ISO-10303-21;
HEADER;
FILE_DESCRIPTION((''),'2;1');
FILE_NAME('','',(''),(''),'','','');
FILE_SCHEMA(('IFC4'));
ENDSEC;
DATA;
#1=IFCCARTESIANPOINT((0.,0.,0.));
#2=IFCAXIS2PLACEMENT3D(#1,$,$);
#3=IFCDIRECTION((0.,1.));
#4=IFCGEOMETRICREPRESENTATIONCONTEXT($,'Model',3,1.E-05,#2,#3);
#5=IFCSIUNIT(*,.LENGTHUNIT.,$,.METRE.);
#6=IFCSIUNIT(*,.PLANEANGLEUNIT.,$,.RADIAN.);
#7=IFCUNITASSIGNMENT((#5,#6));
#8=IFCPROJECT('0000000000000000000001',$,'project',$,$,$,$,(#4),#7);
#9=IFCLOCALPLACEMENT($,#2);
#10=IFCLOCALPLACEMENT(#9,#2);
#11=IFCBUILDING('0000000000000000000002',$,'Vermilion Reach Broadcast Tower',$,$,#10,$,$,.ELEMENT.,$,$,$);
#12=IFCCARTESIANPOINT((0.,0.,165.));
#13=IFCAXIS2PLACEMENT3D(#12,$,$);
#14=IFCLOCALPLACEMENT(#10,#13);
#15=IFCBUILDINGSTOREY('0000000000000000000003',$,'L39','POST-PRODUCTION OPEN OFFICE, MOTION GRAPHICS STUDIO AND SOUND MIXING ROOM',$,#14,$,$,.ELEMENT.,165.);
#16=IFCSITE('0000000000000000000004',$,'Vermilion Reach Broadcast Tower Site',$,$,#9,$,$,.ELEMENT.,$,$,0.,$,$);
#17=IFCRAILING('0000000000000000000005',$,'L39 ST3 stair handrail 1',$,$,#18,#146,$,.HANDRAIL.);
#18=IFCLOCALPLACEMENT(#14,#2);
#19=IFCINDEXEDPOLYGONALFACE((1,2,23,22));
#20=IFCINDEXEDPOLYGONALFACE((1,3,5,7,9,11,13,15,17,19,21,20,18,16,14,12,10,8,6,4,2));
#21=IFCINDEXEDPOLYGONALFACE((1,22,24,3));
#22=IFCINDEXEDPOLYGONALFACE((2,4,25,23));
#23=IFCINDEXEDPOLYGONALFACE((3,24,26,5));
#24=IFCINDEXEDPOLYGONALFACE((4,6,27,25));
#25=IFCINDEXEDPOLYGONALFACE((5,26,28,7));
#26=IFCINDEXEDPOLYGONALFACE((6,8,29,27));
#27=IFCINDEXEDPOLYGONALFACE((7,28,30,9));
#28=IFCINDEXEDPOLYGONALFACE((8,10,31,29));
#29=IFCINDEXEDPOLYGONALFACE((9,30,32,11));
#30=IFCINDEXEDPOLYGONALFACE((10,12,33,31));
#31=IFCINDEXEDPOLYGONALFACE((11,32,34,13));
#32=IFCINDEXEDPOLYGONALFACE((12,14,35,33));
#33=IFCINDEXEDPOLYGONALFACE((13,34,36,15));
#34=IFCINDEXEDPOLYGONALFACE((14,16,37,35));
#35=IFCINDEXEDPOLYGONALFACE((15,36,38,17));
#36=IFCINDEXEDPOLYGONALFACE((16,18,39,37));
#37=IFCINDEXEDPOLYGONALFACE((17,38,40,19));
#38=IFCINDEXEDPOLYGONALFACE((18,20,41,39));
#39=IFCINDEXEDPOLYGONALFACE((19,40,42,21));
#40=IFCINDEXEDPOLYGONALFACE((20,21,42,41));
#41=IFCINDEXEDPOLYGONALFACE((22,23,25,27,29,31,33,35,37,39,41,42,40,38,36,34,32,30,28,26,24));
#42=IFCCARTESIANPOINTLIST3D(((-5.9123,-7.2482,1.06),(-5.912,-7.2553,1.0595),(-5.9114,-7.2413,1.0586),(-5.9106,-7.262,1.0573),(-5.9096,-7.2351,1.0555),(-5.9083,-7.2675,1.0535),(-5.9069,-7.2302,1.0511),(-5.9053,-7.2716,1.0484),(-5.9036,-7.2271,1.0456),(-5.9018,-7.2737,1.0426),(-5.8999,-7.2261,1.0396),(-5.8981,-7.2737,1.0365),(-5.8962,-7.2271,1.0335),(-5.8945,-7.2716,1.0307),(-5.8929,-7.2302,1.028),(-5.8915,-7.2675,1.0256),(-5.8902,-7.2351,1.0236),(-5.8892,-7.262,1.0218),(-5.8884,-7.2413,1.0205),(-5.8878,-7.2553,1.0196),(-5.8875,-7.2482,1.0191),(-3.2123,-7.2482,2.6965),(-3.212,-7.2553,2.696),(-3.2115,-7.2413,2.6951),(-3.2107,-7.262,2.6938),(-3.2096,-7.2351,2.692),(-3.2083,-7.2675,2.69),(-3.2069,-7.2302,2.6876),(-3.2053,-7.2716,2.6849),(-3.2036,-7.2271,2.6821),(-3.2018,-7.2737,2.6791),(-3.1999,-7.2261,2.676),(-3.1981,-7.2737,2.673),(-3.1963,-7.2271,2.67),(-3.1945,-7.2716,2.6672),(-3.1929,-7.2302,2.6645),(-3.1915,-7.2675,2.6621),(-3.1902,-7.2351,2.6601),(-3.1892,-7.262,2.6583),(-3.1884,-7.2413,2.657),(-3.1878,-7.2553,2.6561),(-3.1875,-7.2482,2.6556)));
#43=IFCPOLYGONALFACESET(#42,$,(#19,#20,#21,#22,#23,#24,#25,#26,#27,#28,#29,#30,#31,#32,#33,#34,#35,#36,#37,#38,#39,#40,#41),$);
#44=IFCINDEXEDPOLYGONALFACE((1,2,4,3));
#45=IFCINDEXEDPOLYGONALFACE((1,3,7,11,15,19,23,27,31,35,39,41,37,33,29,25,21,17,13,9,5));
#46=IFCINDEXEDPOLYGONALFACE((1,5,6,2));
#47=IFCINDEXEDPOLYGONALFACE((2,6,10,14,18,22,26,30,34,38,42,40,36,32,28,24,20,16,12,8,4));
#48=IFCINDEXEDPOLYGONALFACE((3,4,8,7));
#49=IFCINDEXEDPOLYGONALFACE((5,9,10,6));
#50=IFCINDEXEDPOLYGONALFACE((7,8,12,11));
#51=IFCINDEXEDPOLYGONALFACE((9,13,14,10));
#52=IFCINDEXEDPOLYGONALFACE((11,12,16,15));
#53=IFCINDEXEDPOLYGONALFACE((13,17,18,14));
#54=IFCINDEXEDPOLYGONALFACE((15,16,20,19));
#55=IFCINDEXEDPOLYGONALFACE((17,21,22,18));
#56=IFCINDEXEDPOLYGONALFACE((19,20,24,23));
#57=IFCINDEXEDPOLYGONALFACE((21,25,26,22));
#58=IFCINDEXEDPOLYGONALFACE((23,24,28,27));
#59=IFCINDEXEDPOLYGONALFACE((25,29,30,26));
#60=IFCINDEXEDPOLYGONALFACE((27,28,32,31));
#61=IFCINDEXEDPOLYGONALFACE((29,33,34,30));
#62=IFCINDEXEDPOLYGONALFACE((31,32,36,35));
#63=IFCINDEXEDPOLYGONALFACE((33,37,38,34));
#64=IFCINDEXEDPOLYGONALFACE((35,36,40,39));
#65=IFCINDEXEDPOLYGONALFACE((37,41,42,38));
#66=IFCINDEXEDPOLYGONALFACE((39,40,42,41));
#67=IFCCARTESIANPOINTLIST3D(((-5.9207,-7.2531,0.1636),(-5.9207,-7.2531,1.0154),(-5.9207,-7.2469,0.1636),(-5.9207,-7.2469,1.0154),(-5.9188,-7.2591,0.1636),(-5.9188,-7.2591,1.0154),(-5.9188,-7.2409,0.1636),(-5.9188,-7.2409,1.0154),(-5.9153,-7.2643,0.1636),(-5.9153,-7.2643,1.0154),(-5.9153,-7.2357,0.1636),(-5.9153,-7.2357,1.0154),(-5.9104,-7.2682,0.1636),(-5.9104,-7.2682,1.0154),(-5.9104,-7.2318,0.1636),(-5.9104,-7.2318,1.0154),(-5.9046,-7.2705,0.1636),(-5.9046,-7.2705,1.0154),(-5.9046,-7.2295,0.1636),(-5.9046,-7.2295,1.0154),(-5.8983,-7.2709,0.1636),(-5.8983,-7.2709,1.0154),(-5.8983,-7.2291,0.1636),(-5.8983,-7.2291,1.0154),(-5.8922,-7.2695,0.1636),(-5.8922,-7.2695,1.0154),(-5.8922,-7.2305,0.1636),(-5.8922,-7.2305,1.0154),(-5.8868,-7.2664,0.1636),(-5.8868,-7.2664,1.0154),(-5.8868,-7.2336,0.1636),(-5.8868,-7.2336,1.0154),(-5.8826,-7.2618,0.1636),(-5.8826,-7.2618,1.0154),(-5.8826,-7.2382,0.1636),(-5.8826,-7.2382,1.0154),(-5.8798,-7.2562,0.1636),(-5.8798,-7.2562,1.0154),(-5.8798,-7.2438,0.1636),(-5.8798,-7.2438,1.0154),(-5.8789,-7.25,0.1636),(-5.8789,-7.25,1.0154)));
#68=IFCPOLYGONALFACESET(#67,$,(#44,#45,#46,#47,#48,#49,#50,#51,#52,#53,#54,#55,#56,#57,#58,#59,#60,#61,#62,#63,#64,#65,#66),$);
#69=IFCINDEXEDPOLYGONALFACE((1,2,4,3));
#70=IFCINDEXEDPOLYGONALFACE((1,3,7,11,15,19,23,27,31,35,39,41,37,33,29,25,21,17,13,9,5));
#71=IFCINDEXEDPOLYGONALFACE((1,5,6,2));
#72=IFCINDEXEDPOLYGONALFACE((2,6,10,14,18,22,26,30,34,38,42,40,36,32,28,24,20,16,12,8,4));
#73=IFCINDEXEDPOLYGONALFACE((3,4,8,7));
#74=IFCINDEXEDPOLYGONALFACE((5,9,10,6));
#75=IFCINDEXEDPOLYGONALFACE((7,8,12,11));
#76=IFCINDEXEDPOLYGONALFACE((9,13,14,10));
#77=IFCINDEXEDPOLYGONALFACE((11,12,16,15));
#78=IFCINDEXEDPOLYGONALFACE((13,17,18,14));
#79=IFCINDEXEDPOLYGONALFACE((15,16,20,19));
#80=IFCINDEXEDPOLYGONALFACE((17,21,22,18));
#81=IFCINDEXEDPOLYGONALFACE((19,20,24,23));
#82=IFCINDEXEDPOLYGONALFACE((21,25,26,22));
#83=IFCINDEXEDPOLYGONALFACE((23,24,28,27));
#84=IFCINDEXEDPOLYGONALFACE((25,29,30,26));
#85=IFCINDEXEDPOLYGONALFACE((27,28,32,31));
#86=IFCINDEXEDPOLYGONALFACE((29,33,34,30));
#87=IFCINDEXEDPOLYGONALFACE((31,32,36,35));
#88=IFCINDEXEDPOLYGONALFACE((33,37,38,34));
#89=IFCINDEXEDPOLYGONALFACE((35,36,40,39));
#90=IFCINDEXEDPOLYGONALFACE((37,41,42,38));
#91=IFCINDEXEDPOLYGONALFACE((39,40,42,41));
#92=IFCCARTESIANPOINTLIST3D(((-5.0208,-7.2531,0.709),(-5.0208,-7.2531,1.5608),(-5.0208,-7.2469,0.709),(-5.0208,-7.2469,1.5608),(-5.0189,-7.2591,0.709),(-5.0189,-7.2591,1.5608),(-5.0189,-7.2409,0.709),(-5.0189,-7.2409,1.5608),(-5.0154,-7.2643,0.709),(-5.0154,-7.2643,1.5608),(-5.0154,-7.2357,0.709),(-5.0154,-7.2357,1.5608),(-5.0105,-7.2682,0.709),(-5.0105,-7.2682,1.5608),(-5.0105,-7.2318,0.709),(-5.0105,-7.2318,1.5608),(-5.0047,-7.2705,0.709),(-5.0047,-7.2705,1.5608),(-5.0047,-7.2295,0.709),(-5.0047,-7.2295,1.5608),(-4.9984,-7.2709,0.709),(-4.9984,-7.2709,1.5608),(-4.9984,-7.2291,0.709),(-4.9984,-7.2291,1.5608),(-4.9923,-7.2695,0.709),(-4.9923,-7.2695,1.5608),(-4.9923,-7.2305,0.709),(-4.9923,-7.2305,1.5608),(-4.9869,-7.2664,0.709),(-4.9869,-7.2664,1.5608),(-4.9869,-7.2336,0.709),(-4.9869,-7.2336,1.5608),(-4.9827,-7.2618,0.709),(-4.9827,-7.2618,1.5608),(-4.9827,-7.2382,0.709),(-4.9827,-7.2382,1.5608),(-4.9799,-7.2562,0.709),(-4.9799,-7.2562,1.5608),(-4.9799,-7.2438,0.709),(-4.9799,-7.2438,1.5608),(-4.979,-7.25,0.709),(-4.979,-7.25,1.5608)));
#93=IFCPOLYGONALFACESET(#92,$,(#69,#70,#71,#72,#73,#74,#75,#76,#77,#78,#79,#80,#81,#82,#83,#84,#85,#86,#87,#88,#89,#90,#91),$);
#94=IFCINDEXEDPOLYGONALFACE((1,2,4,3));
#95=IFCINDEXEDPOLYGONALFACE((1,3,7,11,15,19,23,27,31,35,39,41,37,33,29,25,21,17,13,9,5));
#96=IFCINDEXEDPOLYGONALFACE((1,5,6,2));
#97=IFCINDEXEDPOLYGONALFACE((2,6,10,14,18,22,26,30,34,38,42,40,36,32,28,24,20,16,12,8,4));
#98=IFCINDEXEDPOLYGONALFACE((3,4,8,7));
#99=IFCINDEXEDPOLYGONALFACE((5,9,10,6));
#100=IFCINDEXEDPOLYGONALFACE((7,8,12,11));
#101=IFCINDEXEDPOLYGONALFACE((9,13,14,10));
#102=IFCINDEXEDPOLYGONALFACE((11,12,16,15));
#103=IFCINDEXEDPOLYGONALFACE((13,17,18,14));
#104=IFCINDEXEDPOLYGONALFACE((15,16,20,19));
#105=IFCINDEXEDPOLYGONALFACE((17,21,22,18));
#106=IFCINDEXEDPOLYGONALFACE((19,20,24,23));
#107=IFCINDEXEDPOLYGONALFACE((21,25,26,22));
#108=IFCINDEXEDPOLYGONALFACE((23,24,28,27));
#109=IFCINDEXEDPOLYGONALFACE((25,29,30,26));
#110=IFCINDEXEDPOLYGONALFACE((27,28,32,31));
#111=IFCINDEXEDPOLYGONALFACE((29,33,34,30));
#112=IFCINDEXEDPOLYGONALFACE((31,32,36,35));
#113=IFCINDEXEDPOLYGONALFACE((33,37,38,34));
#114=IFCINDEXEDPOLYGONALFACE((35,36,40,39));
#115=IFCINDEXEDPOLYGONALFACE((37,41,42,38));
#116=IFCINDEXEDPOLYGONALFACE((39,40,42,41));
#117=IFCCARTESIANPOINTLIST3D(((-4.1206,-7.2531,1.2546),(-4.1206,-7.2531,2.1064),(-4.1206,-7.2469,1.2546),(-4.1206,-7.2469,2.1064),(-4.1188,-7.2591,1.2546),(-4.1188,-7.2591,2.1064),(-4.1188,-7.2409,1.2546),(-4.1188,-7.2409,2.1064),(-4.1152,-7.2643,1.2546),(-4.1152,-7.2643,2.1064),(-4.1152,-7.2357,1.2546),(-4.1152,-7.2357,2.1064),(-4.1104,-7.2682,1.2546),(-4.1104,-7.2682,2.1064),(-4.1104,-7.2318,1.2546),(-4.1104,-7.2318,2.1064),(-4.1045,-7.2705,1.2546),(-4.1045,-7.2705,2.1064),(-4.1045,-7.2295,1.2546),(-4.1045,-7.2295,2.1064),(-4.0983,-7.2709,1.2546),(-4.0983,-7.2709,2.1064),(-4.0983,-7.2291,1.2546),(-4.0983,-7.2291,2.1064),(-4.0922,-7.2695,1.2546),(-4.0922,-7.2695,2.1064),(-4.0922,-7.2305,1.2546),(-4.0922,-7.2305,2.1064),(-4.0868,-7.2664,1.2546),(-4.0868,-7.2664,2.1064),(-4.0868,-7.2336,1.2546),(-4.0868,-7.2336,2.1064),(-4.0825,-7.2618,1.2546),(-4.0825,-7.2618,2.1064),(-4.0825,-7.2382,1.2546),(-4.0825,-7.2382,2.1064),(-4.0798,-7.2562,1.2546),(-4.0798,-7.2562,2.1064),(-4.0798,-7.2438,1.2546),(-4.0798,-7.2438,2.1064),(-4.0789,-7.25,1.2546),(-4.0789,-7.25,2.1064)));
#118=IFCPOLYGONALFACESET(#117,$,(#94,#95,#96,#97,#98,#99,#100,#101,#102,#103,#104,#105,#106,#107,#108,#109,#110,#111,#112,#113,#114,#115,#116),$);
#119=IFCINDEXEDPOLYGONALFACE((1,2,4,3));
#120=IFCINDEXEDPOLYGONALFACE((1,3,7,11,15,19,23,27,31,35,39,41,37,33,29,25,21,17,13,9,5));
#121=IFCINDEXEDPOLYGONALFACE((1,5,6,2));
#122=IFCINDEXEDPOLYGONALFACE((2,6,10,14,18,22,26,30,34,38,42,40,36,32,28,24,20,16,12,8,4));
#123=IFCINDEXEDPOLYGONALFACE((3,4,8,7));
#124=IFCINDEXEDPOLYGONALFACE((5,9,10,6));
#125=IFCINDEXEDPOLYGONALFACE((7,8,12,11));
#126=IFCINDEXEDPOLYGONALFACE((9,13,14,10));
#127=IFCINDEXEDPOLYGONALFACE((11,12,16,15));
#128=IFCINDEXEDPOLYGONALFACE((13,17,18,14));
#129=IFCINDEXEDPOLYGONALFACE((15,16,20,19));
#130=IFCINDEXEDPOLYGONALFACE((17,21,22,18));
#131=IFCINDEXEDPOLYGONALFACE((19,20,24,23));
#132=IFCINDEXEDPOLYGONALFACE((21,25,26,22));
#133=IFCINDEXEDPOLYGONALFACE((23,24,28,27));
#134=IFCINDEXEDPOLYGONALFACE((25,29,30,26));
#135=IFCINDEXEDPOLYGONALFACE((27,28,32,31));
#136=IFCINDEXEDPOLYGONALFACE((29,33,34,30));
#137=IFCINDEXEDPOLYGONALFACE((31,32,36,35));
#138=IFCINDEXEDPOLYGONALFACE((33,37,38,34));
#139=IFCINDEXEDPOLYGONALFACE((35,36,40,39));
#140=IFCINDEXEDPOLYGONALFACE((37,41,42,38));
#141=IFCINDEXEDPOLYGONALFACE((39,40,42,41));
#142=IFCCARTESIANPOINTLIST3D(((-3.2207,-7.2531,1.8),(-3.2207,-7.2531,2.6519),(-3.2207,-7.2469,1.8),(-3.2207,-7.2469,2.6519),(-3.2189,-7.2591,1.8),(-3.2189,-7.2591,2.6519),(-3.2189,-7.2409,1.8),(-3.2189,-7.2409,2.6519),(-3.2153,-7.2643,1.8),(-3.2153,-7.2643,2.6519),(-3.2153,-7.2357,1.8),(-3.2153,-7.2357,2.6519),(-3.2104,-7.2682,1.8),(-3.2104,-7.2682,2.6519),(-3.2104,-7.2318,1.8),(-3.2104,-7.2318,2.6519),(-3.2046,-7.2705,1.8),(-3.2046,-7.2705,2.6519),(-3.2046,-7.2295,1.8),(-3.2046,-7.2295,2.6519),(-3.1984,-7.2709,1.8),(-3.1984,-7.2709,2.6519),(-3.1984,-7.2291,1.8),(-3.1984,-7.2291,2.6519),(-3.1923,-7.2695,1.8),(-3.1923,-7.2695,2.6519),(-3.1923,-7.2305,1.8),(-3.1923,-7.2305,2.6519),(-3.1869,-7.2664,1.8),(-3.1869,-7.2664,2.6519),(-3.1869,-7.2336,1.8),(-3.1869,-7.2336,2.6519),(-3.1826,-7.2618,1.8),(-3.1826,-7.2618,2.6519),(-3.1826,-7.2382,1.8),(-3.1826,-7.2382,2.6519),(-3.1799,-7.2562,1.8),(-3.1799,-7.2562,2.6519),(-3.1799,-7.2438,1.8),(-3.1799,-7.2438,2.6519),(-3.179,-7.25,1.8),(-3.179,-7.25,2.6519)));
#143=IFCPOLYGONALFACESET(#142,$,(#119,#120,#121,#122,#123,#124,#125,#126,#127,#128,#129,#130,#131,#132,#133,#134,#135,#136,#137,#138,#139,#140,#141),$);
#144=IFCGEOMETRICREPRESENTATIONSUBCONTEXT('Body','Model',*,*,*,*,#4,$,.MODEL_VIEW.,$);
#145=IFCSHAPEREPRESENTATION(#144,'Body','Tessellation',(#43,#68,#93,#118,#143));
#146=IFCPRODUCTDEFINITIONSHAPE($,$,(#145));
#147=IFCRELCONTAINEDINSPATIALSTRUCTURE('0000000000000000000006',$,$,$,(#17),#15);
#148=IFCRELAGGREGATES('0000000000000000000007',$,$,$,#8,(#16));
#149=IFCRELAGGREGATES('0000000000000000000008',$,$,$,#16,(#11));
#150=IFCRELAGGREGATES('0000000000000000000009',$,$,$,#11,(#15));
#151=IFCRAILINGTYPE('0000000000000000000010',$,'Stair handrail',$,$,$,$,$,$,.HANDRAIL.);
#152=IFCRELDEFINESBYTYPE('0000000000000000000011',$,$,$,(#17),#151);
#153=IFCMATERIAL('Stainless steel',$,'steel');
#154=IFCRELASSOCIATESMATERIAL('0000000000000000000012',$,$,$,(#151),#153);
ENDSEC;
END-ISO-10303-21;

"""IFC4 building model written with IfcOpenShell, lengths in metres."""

from ifc_helpers import new_model, si_unit, direction, frame, origin, origin_2d, place, context, subcontext, project, spatial, circle, extrude, material, type_object, element, save


model = new_model("IFC4")

# Units and contexts
model_context = context("Model", 3, precision=1e-05, world=origin(), true_north=direction((0.0, 1.0)))
body_context = subcontext(model_context, "Body", "Model", "MODEL_VIEW")
ifc_project = project(units=[si_unit("LENGTHUNIT", "METRE"), si_unit("PLANEANGLEUNIT", "RADIAN")], contexts=[model_context])

# Site, building, storey
site_placement = place(None, origin())
site = spatial("IfcSite", under=ifc_project, at=site_placement, Name="Vermilion Reach Broadcast Tower Site", CompositionType="ELEMENT", RefElevation=0.0)
building_placement = place(site_placement, origin())
building = spatial("IfcBuilding", under=site, at=building_placement, Name="Vermilion Reach Broadcast Tower", CompositionType="ELEMENT")
storey_placement = place(building_placement, frame((0.0, 0.0, 165.0)))
storey = spatial("IfcBuildingStorey", under=building, at=storey_placement, Name="L39", Description="POST-PRODUCTION OPEN OFFICE, MOTION GRAPHICS STUDIO AND SOUND MIXING ROOM", CompositionType="ELEMENT", Elevation=165.0)

# Railing
ifc_material_1 = material(Name="Stainless steel", Category="steel")
railing_type_1 = type_object("IfcRailingType", Name="Stair handrail", PredefinedType="HANDRAIL", material=ifc_material_1)
railing_1_placement = place(storey_placement, frame((-5.8999, -7.25, 0.1636)))
element("IfcRailing", 1, at=railing_1_placement, inside=storey, type_object=railing_type_1, Name="L39 ST3 stair handrail 1", PredefinedType="HANDRAIL", context=body_context, shape_type="SweptSolid", body=[
    extrude(circle(Radius=0.0239, at=origin_2d()), frame((0.0, 0.0, 0.876), z_axis=(0.855178, 0.0, 0.518334), x_axis=(0.0, 1.0, 0.0)), (0.0, 0.0, 1.0), 3.1572),
    extrude(circle(Radius=0.021, at=origin_2d()), origin(), (0.0, 0.0, 1.0), 0.8518),
    extrude(circle(Radius=0.021, at=origin_2d()), frame((0.8999, 0.0, 0.5454)), (0.0, 0.0, 1.0), 0.8518),
    extrude(circle(Radius=0.021, at=origin_2d()), frame((1.8, 0.0, 1.0911)), (0.0, 0.0, 1.0), 0.8518),
    extrude(circle(Radius=0.021, at=origin_2d()), frame((2.7, 0.0, 1.6365)), (0.0, 0.0, 1.0), 0.8518),
])

save(model, "model.ifc")
